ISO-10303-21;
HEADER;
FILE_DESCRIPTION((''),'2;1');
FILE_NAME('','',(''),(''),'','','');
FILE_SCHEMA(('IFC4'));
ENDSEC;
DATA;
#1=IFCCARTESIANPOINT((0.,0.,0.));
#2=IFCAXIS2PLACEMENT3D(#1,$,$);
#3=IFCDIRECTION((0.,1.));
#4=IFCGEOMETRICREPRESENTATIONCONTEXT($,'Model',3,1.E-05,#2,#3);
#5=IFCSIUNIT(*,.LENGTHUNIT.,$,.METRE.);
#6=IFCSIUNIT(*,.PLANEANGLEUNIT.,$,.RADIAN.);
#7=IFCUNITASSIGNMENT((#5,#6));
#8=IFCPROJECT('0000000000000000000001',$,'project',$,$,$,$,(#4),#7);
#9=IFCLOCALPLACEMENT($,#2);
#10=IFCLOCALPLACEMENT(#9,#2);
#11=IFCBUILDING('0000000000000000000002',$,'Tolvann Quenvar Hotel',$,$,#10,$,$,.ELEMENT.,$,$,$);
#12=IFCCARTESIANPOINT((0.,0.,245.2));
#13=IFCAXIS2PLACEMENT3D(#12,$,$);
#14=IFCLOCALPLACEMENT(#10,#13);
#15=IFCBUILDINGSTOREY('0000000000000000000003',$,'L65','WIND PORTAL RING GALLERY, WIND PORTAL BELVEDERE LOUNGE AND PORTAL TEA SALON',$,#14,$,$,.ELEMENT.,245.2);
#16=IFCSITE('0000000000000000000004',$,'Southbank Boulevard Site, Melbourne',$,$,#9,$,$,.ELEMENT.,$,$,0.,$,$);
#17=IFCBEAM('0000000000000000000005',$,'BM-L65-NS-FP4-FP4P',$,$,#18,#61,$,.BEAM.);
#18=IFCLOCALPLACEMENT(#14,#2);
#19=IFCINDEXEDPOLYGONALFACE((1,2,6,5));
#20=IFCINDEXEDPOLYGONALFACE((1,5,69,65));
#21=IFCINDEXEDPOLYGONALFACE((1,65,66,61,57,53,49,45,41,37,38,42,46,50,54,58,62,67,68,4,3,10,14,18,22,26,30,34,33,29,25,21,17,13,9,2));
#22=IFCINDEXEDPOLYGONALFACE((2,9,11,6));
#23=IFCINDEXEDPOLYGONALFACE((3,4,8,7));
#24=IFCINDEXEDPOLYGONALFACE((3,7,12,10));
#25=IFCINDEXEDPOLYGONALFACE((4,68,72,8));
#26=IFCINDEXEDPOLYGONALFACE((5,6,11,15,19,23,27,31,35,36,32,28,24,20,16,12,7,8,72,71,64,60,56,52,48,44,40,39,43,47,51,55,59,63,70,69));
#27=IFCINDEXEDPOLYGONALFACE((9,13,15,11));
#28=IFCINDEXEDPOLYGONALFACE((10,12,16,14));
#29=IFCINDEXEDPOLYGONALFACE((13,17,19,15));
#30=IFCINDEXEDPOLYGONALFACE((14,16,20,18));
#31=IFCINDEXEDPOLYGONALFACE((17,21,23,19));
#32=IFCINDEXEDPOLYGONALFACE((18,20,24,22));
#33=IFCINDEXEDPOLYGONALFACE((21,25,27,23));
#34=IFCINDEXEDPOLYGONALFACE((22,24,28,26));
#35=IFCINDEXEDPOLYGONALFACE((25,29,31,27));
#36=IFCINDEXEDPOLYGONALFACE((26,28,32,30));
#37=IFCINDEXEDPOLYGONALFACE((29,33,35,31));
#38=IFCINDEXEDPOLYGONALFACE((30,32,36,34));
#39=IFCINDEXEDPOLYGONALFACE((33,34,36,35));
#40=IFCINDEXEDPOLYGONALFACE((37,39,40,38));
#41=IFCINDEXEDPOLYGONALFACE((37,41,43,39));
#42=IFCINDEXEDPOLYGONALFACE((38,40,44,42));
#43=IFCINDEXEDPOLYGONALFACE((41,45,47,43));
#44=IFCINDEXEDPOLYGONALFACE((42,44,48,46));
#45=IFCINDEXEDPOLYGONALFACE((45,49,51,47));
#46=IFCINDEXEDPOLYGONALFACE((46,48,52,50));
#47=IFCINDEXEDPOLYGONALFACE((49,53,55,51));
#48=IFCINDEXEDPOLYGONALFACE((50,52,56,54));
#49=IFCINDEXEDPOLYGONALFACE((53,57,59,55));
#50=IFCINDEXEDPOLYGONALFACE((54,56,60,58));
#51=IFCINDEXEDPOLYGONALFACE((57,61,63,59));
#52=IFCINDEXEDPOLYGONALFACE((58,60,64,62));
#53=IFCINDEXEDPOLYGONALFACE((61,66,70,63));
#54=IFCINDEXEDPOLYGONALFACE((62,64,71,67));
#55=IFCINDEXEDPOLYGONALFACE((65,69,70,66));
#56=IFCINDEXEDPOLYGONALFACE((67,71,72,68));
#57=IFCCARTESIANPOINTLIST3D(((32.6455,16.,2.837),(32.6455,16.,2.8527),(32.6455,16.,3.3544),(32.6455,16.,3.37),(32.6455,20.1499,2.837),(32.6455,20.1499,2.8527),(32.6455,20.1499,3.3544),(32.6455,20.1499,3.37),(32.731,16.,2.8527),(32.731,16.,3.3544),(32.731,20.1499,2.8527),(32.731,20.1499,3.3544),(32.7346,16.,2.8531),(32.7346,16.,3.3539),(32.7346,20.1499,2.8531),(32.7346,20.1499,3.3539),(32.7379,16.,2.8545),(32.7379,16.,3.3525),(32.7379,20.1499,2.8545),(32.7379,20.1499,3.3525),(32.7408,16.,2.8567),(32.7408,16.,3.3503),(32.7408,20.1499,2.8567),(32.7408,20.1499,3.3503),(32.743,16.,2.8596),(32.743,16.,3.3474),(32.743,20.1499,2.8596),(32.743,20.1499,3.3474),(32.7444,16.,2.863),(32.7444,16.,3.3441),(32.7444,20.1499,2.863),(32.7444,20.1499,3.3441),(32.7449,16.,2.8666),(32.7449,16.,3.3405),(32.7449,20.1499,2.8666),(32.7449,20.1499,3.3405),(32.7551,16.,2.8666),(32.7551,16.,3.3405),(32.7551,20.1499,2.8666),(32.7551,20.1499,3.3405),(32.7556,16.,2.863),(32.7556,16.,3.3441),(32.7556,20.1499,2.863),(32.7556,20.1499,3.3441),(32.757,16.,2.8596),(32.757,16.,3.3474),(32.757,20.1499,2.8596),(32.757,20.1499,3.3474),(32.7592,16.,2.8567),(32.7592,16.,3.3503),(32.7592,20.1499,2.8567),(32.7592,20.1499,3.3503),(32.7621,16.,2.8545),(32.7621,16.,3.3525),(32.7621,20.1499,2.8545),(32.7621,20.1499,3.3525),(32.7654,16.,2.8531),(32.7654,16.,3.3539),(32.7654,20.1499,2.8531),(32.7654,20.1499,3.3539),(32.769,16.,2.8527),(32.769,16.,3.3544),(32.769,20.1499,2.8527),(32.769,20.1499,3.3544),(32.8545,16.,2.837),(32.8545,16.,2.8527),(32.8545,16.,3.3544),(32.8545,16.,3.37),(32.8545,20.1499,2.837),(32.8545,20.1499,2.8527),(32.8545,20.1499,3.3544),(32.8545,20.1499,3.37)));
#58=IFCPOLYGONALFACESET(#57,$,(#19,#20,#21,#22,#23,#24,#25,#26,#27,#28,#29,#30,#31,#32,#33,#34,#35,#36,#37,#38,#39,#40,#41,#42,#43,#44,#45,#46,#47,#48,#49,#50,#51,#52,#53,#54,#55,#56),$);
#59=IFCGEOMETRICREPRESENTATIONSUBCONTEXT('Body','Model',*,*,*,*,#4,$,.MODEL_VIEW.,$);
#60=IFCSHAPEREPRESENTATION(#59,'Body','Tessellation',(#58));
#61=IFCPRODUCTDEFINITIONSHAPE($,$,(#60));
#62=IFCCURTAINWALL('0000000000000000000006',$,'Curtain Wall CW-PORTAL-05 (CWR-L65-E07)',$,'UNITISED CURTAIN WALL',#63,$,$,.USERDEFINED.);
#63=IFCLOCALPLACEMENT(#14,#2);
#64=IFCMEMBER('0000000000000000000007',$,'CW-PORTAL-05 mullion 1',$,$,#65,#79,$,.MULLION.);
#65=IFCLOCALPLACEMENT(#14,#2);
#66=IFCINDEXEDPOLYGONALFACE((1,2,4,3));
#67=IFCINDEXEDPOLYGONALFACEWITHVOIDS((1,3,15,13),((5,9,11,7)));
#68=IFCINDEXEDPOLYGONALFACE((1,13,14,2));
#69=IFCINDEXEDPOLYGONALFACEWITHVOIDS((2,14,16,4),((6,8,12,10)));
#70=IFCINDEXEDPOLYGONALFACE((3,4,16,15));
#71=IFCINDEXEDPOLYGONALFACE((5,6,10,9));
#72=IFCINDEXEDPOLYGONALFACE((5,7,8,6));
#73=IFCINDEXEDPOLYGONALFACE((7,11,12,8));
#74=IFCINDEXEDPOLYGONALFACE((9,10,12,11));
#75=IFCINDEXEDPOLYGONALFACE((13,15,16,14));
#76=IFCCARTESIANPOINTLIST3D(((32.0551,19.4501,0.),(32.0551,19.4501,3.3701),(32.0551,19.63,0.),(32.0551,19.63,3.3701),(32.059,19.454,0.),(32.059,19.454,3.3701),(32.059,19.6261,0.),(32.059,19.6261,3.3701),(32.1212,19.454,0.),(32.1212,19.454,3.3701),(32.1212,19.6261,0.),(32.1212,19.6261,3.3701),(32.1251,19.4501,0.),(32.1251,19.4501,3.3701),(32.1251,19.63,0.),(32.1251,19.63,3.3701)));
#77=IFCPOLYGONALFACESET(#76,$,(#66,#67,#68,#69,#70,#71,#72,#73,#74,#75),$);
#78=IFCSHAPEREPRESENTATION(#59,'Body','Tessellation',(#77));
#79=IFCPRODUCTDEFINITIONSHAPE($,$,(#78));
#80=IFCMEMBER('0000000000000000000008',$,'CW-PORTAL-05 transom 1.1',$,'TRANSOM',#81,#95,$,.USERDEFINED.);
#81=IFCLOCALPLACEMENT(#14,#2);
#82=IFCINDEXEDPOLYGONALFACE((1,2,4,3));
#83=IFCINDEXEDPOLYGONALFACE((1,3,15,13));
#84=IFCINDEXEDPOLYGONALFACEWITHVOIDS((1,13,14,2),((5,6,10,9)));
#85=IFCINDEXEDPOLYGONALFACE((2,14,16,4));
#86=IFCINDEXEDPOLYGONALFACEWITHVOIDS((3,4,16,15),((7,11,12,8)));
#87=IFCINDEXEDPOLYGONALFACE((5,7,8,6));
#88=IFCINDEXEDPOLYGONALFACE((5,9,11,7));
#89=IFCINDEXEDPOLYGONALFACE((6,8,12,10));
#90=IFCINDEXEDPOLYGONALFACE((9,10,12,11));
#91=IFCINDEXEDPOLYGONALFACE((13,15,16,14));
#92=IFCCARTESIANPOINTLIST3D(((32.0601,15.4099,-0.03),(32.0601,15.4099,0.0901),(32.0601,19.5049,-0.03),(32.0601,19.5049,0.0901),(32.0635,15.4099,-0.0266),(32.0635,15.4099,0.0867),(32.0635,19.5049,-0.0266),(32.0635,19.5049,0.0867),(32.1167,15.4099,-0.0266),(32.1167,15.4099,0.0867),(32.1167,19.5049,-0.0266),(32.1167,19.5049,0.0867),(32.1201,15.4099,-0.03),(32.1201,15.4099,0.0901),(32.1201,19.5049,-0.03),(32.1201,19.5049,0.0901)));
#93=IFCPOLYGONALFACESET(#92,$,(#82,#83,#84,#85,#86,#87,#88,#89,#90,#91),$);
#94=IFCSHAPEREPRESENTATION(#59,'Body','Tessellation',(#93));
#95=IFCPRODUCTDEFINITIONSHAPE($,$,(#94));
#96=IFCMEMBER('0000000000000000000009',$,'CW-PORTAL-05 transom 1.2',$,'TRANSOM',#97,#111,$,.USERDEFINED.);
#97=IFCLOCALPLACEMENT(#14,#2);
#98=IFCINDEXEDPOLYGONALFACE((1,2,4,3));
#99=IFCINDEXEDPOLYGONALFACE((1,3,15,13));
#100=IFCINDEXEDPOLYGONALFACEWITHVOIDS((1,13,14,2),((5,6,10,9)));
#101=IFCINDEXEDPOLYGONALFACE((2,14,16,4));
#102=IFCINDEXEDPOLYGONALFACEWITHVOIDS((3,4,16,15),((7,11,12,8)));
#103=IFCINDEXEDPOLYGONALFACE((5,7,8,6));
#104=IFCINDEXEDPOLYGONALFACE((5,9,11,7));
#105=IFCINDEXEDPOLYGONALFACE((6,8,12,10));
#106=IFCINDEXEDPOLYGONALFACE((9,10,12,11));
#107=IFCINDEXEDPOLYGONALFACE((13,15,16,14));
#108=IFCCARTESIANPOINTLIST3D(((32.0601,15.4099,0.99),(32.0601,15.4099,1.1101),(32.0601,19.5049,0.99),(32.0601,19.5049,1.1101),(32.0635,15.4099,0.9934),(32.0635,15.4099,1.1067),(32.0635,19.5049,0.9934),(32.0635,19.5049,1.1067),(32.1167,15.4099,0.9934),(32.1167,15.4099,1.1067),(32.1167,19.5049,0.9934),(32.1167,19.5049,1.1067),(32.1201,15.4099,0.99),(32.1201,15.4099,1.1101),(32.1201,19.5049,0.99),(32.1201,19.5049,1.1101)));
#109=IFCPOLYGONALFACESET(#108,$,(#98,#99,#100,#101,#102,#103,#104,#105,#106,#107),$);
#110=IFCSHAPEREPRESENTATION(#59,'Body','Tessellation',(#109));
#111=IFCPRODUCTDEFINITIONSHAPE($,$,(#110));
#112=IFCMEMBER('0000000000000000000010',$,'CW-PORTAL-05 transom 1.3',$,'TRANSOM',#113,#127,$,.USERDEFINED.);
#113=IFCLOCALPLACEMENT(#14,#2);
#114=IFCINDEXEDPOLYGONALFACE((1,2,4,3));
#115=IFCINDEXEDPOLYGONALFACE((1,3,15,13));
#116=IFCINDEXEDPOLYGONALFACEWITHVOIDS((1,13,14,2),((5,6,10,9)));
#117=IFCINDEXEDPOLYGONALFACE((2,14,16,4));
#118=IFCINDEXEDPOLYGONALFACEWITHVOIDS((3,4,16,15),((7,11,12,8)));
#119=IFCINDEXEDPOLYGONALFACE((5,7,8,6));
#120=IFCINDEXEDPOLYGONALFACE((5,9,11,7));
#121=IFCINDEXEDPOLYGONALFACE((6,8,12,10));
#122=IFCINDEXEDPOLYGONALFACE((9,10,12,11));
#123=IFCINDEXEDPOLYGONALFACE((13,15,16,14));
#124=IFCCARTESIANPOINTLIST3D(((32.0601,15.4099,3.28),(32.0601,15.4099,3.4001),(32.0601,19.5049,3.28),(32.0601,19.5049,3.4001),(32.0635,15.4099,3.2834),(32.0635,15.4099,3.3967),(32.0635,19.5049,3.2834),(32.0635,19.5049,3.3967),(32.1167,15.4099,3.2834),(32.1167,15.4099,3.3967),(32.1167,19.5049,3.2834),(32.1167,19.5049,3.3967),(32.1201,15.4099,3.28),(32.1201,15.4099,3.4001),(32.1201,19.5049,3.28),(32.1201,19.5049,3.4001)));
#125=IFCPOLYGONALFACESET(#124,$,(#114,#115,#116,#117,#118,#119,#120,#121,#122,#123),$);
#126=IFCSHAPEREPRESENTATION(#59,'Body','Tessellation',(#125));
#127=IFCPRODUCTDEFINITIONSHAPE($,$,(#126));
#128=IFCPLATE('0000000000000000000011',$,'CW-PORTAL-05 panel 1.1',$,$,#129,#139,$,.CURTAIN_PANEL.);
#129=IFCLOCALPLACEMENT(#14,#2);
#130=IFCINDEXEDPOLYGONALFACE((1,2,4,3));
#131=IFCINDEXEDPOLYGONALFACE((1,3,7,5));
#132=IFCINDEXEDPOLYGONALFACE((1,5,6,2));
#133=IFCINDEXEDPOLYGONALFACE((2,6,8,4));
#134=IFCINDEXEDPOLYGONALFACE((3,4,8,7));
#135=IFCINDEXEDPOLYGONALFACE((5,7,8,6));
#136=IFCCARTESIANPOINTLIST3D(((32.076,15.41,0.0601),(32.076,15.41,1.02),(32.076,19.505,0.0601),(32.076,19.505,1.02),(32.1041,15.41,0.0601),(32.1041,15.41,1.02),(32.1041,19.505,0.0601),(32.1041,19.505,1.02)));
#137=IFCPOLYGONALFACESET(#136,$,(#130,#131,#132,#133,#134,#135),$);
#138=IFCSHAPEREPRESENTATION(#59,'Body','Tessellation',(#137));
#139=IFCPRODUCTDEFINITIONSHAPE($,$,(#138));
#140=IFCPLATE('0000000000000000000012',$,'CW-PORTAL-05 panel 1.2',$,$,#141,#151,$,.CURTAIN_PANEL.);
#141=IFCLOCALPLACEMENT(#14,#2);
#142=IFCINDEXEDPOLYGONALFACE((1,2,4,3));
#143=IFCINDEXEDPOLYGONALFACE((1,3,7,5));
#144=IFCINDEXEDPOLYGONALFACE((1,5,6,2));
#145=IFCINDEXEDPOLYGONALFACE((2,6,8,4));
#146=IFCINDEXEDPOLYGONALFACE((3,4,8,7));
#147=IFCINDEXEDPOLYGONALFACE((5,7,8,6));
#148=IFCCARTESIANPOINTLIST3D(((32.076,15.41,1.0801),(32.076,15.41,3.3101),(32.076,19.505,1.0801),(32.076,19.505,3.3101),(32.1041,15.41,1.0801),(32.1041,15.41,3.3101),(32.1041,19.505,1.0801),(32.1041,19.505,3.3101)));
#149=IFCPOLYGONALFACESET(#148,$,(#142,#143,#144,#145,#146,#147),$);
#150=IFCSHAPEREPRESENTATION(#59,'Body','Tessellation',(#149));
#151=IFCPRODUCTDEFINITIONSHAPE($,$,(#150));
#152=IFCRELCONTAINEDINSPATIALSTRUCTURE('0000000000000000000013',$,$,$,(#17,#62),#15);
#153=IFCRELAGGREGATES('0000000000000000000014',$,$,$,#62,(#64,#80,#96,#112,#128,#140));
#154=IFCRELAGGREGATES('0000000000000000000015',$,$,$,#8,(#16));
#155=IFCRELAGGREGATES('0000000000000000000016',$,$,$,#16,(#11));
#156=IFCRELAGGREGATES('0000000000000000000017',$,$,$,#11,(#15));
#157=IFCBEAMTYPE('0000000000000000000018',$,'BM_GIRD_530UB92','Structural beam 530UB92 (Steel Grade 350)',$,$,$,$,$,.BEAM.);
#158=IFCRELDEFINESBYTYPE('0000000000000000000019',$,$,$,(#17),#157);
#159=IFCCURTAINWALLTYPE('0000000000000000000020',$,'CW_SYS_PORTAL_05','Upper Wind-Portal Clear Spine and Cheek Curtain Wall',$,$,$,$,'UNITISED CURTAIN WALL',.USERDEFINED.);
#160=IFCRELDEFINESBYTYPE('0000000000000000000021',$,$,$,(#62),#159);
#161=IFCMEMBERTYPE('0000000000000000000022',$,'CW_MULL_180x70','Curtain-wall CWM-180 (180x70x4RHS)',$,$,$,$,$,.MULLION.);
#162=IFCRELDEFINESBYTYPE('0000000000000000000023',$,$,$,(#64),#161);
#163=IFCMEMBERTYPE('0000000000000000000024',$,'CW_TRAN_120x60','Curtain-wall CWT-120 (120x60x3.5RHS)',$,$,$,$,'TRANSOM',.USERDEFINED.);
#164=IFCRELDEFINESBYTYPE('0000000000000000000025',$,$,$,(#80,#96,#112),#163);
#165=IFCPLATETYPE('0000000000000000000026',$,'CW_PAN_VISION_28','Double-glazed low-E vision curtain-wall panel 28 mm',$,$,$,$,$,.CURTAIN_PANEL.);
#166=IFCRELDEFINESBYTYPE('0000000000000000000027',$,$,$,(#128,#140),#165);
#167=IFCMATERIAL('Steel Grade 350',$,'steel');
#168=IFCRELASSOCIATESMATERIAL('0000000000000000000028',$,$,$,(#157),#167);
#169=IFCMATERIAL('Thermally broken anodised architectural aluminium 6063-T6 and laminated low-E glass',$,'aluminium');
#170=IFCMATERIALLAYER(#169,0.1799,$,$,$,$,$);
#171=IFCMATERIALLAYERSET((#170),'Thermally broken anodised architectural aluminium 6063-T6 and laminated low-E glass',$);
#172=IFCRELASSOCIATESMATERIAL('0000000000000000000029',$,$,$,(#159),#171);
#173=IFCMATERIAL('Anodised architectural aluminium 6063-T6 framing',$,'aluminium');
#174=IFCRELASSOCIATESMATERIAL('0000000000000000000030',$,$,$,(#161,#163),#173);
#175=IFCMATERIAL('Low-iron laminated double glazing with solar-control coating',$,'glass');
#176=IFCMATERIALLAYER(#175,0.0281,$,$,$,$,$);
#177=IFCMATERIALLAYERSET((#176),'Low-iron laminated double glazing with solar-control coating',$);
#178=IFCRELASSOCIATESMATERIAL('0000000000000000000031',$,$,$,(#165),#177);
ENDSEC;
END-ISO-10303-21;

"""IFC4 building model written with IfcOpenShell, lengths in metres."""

from ifc_helpers import new_model, si_unit, direction, frame, origin, origin_2d, place, context, subcontext, project, spatial, rectangle, hollow_rectangle, i_section, extrude, source, transform, mapped, material, layer, layer_set, material_profile, profile_set, type_object, type_shapes, element, aggregate, save


model = new_model("IFC4")

# Units and contexts
model_context = context("Model", 3, precision=1e-05, world=origin(), true_north=direction((0.0, 1.0)))
body_context = subcontext(model_context, "Body", "Model", "MODEL_VIEW")
ifc_project = project(units=[si_unit("LENGTHUNIT", "METRE"), si_unit("PLANEANGLEUNIT", "RADIAN")], contexts=[model_context])

# Site, building, storey
site_placement = place(None, origin())
site = spatial("IfcSite", under=ifc_project, at=site_placement, Name="Southbank Boulevard Site, Melbourne", CompositionType="ELEMENT", RefElevation=0.0)
building_placement = place(site_placement, origin())
building = spatial("IfcBuilding", under=site, at=building_placement, Name="Tolvann Quenvar Hotel", CompositionType="ELEMENT")
storey_placement = place(building_placement, frame((0.0, 0.0, 245.2)))
storey = spatial("IfcBuildingStorey", under=building, at=storey_placement, Name="L65", Description="WIND PORTAL RING GALLERY, WIND PORTAL BELVEDERE LOUNGE AND PORTAL TEA SALON", CompositionType="ELEMENT", Elevation=245.2)

# Shared definitions
ifc_material_1 = material(Name="Steel Grade 350", Category="steel")

# Beam
ifc_material_profile_1 = material_profile(ifc_material_1, i_section(OverallWidth=0.209, OverallDepth=0.533, WebThickness=0.0103, FlangeThickness=0.0156, FilletRadius=0.0139, at=origin_2d()), Name="530UB92")
ifc_profile_set_1 = profile_set([ifc_material_profile_1], Name="Steel Grade 350")
beam_type_1 = type_object("IfcBeamType", Name="BM_GIRD_530UB92", Description="Structural beam 530UB92 (Steel Grade 350)", PredefinedType="BEAM", material=ifc_profile_set_1)
shared_shape_1 = source(origin(), body_context, "Body", "SweptSolid", [
    extrude(i_section(OverallWidth=0.209, OverallDepth=0.533, WebThickness=0.0103, FlangeThickness=0.0156, FilletRadius=0.0139, at=origin_2d()), origin(), (0.0, 0.0, 1.0), 4.1499),
])
beam_1_placement = place(storey_placement, frame((32.75, 16.0, 3.1035), z_axis=(0.0, 1.0, 0.0), x_axis=(-1.0, 0.0, 0.0)))
element("IfcBeam", 1, at=beam_1_placement, inside=storey, type_object=beam_type_1, Name="BM-L65-NS-FP4-FP4P", PredefinedType="BEAM", context=body_context, shape_type="MappedRepresentation", body=[
    mapped(shared_shape_1, transform((0.0, 0.0, 0.0), x_axis=(1.0, 0.0, 0.0), y_axis=(0.0, 1.0, 0.0), z_axis=(0.0, 0.0, 1.0), scale=1.0)),
])

# Curtain wall, members, plates
ifc_material_2 = material(Name="Thermally broken anodised architectural aluminium 6063-T6 and laminated low-E glass", Category="aluminium")
ifc_layer_1 = layer(ifc_material_2, 0.1799)
ifc_layer_set_1 = layer_set([ifc_layer_1], Name="Thermally broken anodised architectural aluminium 6063-T6 and laminated low-E glass")
curtain_wall_type = type_object("IfcCurtainWallType", Name="CW_SYS_PORTAL_05", Description="Upper Wind-Portal Clear Spine and Cheek Curtain Wall", ElementType="UNITISED CURTAIN WALL", PredefinedType="USERDEFINED", material=ifc_layer_set_1)
curtain_wall_placement = place(storey_placement, origin())
curtain_wall = element("IfcCurtainWall", 2, at=curtain_wall_placement, inside=storey, type_object=curtain_wall_type, Name="Curtain Wall CW-PORTAL-05 (CWR-L65-E07)", ObjectType="UNITISED CURTAIN WALL", PredefinedType="USERDEFINED")
ifc_material_3 = material(Name="Anodised architectural aluminium 6063-T6 framing", Category="aluminium")
ifc_material_profile_2 = material_profile(ifc_material_3, hollow_rectangle(XDim=0.0701, YDim=0.1799, WallThickness=0.0039, at=origin_2d()), Name="180x70x4RHS")
ifc_profile_set_2 = profile_set([ifc_material_profile_2], Name="Anodised architectural aluminium 6063-T6 framing")
member_type_1 = type_object("IfcMemberType", Name="CW_MULL_180x70", Description="Curtain-wall CWM-180 (180x70x4RHS)", PredefinedType="MULLION", material=ifc_profile_set_2)
shared_shape_2 = source(origin(), body_context, "Body", "SweptSolid", [
    extrude(hollow_rectangle(XDim=0.0701, YDim=0.1799, WallThickness=0.0039, at=origin_2d()), origin(), (0.0, 0.0, 1.0), 3.3701),
])
type_shapes(member_type_1, [shared_shape_2])
member_1_placement = place(storey_placement, frame((32.0901, 19.54, 0.0), z_axis=(0.0, 0.0, 1.0), x_axis=(1.0, 0.0, 0.0)))
member_1 = element("IfcMember", 3, at=member_1_placement, type_object=member_type_1, Name="CW-PORTAL-05 mullion 1", PredefinedType="MULLION", context=body_context, shape_type="MappedRepresentation", body=[
    mapped(shared_shape_2, transform((0.0, 0.0, 0.0), x_axis=(1.0, 0.0, 0.0), y_axis=(0.0, 1.0, 0.0), z_axis=(0.0, 0.0, 1.0), scale=1.0)),
])
ifc_material_profile_3 = material_profile(ifc_material_3, hollow_rectangle(XDim=0.0601, YDim=0.1201, WallThickness=0.0034, at=origin_2d()), Name="120x60x3.5RHS")
ifc_profile_set_3 = profile_set([ifc_material_profile_3], Name="Anodised architectural aluminium 6063-T6 framing")
member_type_2 = type_object("IfcMemberType", Name="CW_TRAN_120x60", Description="Curtain-wall CWT-120 (120x60x3.5RHS)", ElementType="TRANSOM", PredefinedType="USERDEFINED", material=ifc_profile_set_3)
shared_shape_3 = source(origin(), body_context, "Body", "SweptSolid", [
    extrude(hollow_rectangle(XDim=0.0601, YDim=0.1201, WallThickness=0.0034, at=origin_2d()), origin(), (0.0, 0.0, 1.0), 4.095),
])
type_shapes(member_type_2, [shared_shape_3])
member_2_placement = place(storey_placement, frame((32.0901, 19.5049, 0.03), z_axis=(0.0, -1.0, 0.0), x_axis=(1.0, 0.0, 0.0)))
member_2 = element("IfcMember", 4, at=member_2_placement, type_object=member_type_2, Name="CW-PORTAL-05 transom 1.1", ObjectType="TRANSOM", PredefinedType="USERDEFINED", context=body_context, shape_type="MappedRepresentation", body=[
    mapped(shared_shape_3, transform((0.0, 0.0, 0.0), x_axis=(1.0, 0.0, 0.0), y_axis=(0.0, 1.0, 0.0), z_axis=(0.0, 0.0, 1.0), scale=1.0)),
])
member_3_placement = place(storey_placement, frame((32.0901, 19.5049, 1.05), z_axis=(0.0, -1.0, 0.0), x_axis=(1.0, 0.0, 0.0)))
member_3 = element("IfcMember", 5, at=member_3_placement, type_object=member_type_2, Name="CW-PORTAL-05 transom 1.2", ObjectType="TRANSOM", PredefinedType="USERDEFINED", context=body_context, shape_type="MappedRepresentation", body=[
    mapped(shared_shape_3, transform((0.0, 0.0, 0.0), x_axis=(1.0, 0.0, 0.0), y_axis=(0.0, 1.0, 0.0), z_axis=(0.0, 0.0, 1.0), scale=1.0)),
])
member_4_placement = place(storey_placement, frame((32.0901, 19.5049, 3.3401), z_axis=(0.0, -1.0, 0.0), x_axis=(1.0, 0.0, 0.0)))
member_4 = element("IfcMember", 6, at=member_4_placement, type_object=member_type_2, Name="CW-PORTAL-05 transom 1.3", ObjectType="TRANSOM", PredefinedType="USERDEFINED", context=body_context, shape_type="MappedRepresentation", body=[
    mapped(shared_shape_3, transform((0.0, 0.0, 0.0), x_axis=(1.0, 0.0, 0.0), y_axis=(0.0, 1.0, 0.0), z_axis=(0.0, 0.0, 1.0), scale=1.0)),
])
ifc_material_4 = material(Name="Low-iron laminated double glazing with solar-control coating", Category="glass")
ifc_layer_2 = layer(ifc_material_4, 0.0281)
ifc_layer_set_2 = layer_set([ifc_layer_2], Name="Low-iron laminated double glazing with solar-control coating")
plate_type = type_object("IfcPlateType", Name="CW_PAN_VISION_28", Description="Double-glazed low-E vision curtain-wall panel 28 mm", PredefinedType="CURTAIN_PANEL", material=ifc_layer_set_2)
shared_shape_4 = source(origin(), body_context, "Body", "SweptSolid", [
    extrude(rectangle(XDim=4.095, YDim=0.0281, at=origin_2d()), origin(), (0.0, 0.0, 1.0), 0.96),
])
plate_1_placement = place(storey_placement, frame((32.0901, 17.4575, 0.0601), z_axis=(0.0, 0.0, 1.0), x_axis=(0.0, -1.0, 0.0)))
plate_1 = element("IfcPlate", 7, at=plate_1_placement, type_object=plate_type, Name="CW-PORTAL-05 panel 1.1", PredefinedType="CURTAIN_PANEL", context=body_context, shape_type="MappedRepresentation", body=[
    mapped(shared_shape_4, transform((0.0, 0.0, 0.0), x_axis=(1.0, 0.0, 0.0), y_axis=(0.0, 1.0, 0.0), z_axis=(0.0, 0.0, 1.0), scale=1.0)),
])
shared_shape_5 = source(origin(), body_context, "Body", "SweptSolid", [
    extrude(rectangle(XDim=4.095, YDim=0.0281, at=origin_2d()), origin(), (0.0, 0.0, 1.0), 2.23),
])
type_shapes(plate_type, [shared_shape_4, shared_shape_5])
plate_2_placement = place(storey_placement, frame((32.0901, 17.4575, 1.0801), z_axis=(0.0, 0.0, 1.0), x_axis=(0.0, -1.0, 0.0)))
plate_2 = element("IfcPlate", 8, at=plate_2_placement, type_object=plate_type, Name="CW-PORTAL-05 panel 1.2", PredefinedType="CURTAIN_PANEL", context=body_context, shape_type="MappedRepresentation", body=[
    mapped(shared_shape_5, transform((0.0, 0.0, 0.0), x_axis=(1.0, 0.0, 0.0), y_axis=(0.0, 1.0, 0.0), z_axis=(0.0, 0.0, 1.0), scale=1.0)),
])
aggregate(curtain_wall, [member_1, member_2, member_3, member_4, plate_1, plate_2])

save(model, "model.ifc")
